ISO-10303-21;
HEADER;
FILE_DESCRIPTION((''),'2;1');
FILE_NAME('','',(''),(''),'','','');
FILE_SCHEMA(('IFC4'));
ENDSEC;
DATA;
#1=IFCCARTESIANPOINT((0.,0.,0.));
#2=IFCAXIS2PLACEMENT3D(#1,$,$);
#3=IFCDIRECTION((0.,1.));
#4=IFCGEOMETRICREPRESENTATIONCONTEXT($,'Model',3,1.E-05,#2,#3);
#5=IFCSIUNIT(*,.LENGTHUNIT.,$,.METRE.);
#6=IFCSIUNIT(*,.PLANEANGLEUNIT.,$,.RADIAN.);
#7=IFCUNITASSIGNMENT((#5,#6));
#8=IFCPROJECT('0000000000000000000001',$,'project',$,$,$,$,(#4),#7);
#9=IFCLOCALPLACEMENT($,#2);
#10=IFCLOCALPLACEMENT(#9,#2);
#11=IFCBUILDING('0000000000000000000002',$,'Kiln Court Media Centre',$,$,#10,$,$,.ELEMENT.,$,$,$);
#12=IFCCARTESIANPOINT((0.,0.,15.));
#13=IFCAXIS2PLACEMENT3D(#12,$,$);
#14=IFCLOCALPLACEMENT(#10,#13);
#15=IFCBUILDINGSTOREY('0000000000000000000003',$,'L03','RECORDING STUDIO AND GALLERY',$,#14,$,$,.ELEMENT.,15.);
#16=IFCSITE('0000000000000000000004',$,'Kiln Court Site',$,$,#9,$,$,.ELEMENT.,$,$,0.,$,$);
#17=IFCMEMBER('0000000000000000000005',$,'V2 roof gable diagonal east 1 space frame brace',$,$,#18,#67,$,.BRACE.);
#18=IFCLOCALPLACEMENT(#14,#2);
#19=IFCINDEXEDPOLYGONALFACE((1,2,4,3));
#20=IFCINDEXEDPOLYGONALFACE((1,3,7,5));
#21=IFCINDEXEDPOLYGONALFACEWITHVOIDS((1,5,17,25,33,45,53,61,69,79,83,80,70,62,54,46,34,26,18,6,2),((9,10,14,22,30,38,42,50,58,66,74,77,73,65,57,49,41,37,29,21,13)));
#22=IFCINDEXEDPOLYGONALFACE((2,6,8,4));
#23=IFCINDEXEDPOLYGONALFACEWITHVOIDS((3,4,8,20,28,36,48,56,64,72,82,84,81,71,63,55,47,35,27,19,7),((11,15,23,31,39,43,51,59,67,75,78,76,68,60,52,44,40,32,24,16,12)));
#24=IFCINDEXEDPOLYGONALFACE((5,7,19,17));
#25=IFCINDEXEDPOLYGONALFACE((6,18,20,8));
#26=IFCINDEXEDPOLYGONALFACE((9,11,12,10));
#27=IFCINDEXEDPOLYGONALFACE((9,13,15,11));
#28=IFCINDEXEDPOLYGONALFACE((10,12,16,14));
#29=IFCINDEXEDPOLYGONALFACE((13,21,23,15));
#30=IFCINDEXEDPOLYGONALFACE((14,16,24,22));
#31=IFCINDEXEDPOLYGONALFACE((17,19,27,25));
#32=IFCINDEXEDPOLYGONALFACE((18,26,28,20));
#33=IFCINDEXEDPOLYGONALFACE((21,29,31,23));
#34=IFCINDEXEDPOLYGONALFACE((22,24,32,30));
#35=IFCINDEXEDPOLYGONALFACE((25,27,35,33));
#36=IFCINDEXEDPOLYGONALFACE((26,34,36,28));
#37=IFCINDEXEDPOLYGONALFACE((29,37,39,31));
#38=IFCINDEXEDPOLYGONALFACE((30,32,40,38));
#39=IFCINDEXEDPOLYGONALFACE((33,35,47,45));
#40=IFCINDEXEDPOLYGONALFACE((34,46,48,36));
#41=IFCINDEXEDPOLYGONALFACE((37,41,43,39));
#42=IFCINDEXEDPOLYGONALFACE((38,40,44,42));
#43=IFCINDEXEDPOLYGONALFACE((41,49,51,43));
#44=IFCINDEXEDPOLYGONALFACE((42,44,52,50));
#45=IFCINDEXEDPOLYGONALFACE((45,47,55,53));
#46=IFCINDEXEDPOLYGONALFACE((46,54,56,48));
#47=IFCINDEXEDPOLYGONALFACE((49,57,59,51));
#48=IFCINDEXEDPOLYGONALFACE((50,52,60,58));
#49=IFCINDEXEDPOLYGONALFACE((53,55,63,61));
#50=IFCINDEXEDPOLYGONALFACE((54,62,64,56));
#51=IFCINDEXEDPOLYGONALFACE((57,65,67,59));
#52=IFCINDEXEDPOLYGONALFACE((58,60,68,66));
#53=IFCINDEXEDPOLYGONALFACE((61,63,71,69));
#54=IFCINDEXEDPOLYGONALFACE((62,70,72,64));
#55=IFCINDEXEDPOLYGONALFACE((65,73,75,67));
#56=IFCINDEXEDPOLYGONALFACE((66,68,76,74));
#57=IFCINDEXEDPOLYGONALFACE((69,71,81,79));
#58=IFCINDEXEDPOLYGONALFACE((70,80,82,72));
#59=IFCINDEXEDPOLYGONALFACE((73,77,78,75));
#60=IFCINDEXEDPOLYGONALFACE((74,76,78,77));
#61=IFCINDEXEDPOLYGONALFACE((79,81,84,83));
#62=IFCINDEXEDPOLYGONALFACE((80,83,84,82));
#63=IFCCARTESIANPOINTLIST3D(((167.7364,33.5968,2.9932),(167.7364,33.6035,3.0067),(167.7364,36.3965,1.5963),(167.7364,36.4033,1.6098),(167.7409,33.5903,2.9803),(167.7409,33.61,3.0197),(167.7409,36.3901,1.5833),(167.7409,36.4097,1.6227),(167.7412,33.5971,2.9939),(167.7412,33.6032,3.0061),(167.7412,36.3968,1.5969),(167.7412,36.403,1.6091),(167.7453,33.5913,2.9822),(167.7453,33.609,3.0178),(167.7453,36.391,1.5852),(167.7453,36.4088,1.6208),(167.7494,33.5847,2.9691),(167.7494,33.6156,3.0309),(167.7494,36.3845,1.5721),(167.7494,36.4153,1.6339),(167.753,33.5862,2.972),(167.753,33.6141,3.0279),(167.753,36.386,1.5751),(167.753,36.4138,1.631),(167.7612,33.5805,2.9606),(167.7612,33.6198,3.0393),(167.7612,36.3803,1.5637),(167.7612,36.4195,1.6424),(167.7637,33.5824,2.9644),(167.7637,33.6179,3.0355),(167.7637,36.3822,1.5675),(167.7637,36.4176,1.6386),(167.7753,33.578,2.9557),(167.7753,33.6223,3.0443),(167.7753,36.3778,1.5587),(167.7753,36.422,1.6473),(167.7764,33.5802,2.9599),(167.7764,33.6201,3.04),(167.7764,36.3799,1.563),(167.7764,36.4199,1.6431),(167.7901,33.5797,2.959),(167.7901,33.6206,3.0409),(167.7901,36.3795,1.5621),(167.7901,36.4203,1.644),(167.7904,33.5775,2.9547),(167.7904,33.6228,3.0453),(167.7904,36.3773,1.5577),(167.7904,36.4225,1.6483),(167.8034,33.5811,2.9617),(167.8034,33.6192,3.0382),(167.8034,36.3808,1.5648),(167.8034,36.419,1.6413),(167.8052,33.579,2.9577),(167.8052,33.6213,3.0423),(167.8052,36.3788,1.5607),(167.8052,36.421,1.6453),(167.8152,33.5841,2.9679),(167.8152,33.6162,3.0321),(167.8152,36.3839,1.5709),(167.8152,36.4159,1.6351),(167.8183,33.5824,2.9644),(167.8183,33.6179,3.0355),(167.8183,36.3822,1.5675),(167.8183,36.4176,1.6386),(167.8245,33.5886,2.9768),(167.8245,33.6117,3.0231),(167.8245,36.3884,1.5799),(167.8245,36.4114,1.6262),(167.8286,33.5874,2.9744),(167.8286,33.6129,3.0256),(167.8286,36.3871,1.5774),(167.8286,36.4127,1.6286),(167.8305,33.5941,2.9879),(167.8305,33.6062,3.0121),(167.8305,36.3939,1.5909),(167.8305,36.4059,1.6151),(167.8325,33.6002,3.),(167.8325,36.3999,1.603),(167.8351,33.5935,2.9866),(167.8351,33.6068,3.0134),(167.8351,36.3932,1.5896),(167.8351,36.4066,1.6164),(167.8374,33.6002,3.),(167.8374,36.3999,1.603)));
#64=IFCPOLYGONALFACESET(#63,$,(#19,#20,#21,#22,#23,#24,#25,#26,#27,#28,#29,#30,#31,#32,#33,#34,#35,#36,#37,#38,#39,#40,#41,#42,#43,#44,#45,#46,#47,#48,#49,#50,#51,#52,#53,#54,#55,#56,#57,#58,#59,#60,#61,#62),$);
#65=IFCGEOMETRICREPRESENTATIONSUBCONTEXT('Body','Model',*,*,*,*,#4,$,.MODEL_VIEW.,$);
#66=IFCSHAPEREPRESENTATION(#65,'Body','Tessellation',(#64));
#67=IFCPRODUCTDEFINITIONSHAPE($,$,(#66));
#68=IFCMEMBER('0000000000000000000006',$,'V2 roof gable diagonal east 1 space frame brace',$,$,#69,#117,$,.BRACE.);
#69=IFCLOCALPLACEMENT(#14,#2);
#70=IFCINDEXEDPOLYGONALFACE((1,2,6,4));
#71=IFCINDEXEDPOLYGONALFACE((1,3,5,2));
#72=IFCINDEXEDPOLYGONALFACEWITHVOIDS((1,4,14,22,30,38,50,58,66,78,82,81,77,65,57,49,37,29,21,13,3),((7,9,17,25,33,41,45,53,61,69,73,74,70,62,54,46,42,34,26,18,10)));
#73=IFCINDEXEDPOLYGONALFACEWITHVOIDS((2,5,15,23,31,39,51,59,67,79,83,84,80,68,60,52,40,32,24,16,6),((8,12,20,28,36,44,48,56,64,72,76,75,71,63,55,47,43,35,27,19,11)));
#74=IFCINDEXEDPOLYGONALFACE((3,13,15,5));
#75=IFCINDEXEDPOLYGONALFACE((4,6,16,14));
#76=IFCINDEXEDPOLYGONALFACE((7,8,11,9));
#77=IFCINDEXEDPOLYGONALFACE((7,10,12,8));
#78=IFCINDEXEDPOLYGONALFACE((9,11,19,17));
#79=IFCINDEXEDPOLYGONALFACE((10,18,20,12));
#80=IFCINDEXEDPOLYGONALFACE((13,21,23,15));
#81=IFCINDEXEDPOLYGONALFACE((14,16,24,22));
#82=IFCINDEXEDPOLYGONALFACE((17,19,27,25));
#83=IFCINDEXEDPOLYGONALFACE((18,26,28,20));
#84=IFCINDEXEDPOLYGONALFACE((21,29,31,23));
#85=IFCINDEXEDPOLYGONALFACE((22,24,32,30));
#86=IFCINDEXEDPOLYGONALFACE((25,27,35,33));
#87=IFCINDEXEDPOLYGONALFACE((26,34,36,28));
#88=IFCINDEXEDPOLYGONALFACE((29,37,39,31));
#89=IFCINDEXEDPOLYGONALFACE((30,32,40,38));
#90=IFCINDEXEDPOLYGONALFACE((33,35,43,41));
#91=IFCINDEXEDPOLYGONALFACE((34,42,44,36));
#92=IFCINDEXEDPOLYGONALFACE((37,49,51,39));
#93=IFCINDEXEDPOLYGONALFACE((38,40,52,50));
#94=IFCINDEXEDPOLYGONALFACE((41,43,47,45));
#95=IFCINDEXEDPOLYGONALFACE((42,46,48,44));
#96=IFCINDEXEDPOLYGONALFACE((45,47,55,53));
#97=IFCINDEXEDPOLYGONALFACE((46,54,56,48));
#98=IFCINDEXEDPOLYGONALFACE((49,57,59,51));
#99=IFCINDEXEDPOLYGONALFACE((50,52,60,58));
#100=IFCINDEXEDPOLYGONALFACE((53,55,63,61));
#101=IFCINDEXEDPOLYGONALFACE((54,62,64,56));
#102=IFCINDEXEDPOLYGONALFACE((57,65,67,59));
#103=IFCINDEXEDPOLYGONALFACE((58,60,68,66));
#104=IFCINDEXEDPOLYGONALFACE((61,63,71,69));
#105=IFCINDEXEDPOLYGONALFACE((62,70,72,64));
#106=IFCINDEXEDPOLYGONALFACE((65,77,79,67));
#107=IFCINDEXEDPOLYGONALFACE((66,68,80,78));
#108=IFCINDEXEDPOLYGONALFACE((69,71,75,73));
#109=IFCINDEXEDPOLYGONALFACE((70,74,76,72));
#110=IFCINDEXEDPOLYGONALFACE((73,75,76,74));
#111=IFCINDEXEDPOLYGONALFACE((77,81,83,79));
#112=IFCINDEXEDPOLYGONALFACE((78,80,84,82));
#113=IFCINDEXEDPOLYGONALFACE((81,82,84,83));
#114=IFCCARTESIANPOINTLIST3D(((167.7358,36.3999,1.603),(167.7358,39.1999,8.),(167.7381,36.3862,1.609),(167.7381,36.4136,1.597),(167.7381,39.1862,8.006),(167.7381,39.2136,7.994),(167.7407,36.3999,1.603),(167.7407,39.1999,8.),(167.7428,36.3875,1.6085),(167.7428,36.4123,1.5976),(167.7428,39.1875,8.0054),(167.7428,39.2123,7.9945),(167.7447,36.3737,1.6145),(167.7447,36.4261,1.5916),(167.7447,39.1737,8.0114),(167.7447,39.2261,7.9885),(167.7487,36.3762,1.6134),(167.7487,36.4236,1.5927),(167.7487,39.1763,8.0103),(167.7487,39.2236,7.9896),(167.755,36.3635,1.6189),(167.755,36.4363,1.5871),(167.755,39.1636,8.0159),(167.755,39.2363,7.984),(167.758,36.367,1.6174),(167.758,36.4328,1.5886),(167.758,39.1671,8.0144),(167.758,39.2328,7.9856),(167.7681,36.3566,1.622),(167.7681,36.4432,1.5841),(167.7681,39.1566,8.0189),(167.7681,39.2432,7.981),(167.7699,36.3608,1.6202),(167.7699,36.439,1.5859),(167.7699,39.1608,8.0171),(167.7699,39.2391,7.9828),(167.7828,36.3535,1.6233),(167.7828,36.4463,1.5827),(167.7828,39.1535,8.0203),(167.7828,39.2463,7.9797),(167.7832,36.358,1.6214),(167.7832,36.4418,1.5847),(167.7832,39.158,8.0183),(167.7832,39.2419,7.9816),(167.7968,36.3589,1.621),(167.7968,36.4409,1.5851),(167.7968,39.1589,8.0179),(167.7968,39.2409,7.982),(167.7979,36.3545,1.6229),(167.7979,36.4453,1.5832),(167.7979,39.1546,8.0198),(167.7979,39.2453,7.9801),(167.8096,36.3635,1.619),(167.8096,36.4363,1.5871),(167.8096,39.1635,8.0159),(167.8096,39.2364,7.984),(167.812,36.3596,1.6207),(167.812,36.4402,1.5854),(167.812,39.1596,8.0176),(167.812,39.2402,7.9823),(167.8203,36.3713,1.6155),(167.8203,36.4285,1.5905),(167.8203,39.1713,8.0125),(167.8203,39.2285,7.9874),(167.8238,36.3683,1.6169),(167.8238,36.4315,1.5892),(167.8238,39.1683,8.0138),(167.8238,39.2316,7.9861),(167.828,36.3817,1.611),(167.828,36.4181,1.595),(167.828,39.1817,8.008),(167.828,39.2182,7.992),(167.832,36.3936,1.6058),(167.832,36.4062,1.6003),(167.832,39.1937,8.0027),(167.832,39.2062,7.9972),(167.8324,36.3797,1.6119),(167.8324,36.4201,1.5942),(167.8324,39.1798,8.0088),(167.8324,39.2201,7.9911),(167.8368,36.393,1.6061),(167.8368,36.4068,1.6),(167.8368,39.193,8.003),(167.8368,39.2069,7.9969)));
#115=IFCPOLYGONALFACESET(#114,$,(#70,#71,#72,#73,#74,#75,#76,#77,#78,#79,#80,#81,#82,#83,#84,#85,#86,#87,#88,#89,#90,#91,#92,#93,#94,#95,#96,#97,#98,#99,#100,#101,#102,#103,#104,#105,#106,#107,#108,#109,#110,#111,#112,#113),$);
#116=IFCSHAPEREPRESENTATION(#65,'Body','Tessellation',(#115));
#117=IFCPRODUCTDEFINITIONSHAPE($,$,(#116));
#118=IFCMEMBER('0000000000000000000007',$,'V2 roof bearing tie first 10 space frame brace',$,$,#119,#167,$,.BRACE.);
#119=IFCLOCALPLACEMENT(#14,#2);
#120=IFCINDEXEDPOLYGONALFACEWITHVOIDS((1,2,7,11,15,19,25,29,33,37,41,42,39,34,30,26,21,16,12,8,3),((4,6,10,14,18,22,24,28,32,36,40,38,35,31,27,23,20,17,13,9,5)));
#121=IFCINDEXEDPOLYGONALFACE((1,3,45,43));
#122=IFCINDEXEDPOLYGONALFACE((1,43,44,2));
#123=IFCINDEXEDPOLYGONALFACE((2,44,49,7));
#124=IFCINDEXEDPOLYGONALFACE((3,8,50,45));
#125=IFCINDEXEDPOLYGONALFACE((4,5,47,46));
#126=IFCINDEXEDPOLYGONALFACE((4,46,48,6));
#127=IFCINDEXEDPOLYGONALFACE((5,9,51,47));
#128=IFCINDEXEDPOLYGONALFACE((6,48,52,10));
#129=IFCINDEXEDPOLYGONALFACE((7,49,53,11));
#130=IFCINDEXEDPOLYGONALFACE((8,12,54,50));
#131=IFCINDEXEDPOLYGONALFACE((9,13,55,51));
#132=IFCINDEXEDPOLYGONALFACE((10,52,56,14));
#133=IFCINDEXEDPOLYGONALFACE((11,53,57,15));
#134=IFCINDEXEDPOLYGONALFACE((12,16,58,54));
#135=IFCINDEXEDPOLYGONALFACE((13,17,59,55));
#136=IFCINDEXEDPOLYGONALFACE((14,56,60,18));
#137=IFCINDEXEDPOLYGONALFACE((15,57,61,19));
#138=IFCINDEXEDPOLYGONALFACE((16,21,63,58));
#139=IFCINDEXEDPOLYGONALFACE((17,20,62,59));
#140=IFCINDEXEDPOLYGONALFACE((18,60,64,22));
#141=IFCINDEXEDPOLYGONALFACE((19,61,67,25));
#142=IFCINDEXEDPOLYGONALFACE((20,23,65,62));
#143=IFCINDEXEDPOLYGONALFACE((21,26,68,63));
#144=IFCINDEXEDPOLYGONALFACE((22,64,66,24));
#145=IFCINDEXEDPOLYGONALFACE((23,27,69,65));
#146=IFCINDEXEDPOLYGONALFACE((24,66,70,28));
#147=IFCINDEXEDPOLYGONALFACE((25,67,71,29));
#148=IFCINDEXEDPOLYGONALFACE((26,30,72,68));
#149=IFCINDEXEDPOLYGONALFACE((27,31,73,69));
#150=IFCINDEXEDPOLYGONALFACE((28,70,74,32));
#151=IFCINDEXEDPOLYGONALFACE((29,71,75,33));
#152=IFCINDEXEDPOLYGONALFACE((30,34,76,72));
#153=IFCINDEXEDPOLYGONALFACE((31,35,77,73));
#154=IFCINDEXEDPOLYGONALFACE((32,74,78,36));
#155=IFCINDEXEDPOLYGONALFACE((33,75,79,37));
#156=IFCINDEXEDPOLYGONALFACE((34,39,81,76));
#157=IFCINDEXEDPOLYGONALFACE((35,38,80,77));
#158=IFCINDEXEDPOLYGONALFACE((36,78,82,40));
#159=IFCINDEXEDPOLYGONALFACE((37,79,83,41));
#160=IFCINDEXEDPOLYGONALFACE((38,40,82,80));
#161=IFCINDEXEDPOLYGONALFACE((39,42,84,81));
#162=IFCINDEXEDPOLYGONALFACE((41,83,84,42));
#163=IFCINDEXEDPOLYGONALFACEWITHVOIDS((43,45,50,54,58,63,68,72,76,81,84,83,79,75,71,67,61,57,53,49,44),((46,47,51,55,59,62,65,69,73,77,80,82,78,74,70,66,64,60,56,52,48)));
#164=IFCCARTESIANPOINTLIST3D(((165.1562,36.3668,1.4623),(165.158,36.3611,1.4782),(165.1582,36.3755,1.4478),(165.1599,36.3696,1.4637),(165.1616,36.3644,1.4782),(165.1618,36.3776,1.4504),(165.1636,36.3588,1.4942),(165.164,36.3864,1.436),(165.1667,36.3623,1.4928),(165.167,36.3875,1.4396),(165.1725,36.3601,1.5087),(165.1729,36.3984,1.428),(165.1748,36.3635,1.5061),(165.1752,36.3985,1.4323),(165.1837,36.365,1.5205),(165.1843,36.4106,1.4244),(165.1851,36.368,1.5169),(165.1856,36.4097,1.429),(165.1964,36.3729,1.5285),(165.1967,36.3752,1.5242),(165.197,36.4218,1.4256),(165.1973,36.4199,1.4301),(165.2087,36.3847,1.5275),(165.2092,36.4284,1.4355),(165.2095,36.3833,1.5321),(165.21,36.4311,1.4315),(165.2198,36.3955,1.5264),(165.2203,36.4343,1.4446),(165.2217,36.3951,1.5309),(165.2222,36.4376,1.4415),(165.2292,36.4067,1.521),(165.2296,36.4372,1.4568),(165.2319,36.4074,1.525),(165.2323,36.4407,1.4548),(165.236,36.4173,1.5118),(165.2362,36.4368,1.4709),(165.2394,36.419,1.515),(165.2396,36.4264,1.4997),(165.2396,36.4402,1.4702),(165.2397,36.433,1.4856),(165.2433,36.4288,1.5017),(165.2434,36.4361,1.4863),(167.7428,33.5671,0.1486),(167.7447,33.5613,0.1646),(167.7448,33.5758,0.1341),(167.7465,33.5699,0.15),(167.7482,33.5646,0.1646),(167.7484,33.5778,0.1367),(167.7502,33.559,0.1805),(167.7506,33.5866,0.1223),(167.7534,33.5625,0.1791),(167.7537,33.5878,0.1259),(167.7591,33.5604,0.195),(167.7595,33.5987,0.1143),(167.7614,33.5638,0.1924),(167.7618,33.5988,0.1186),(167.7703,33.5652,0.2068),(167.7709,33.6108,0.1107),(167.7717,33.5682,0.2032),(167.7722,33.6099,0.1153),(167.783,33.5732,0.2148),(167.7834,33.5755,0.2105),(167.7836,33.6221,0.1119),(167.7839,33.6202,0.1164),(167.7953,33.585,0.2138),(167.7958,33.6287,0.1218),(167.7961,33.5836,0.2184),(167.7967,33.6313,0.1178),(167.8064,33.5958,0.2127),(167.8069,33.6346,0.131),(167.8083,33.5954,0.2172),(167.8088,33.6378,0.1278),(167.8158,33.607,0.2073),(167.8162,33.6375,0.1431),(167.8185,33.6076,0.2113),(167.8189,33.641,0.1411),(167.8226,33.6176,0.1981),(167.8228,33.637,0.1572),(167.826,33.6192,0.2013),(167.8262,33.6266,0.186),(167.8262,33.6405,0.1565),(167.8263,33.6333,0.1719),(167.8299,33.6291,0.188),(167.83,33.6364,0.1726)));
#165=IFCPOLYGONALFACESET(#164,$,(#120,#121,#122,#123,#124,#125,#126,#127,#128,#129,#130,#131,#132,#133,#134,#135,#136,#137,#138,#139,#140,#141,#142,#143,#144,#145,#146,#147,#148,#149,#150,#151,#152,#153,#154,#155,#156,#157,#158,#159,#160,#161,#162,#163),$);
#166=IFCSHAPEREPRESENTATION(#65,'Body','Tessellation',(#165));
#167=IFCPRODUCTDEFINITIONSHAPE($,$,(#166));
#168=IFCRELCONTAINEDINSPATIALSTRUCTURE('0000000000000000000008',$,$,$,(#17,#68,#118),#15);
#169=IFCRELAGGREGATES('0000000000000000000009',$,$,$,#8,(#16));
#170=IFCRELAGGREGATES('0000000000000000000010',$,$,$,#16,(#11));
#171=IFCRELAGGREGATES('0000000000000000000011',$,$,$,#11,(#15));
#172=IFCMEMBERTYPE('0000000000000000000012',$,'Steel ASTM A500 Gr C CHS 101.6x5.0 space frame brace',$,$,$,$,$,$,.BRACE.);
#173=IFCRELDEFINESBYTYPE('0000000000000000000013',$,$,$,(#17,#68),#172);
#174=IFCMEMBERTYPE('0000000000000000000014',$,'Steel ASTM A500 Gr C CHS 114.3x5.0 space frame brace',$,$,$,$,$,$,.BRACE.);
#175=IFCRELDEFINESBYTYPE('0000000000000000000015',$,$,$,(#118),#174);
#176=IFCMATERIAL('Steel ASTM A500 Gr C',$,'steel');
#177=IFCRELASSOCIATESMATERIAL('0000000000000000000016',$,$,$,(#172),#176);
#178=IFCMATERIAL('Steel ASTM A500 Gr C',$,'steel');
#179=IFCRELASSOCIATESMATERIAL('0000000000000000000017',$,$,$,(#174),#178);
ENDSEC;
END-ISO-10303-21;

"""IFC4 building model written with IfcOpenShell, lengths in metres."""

from ifc_helpers import new_model, si_unit, direction, frame, origin, origin_2d, place, context, subcontext, project, spatial, hollow_circle, extrude, material, material_profile, profile_set, type_object, element, save


model = new_model("IFC4")

# Units and contexts
model_context = context("Model", 3, precision=1e-05, world=origin(), true_north=direction((0.0, 1.0)))
body_context = subcontext(model_context, "Body", "Model", "MODEL_VIEW")
ifc_project = project(units=[si_unit("LENGTHUNIT", "METRE"), si_unit("PLANEANGLEUNIT", "RADIAN")], contexts=[model_context])

# Site, building, storey
site_placement = place(None, origin())
site = spatial("IfcSite", under=ifc_project, at=site_placement, Name="Kiln Court Site", CompositionType="ELEMENT", RefElevation=0.0)
building_placement = place(site_placement, origin())
building = spatial("IfcBuilding", under=site, at=building_placement, Name="Kiln Court Media Centre", CompositionType="ELEMENT")
storey_placement = place(building_placement, frame((0.0, 0.0, 15.0)))
storey = spatial("IfcBuildingStorey", under=building, at=storey_placement, Name="L03", Description="RECORDING STUDIO AND GALLERY", CompositionType="ELEMENT", Elevation=15.0)

# Members
ifc_material_1 = material(Name="Steel ASTM A500 Gr C", Category="steel")
ifc_material_profile_1 = material_profile(ifc_material_1, hollow_circle(Radius=0.0508, WallThickness=0.0049, at=origin_2d()), Name="CHS 101.6x5.0")
ifc_profile_set_1 = profile_set([ifc_material_profile_1], Name="Steel ASTM A500 Gr C")
member_type_1 = type_object("IfcMemberType", Name="Steel ASTM A500 Gr C CHS 101.6x5.0 space frame brace", PredefinedType="BRACE", material=ifc_profile_set_1)
member_1_placement = place(storey_placement, frame((167.7866, 36.3999, 1.603), z_axis=(0.0, -0.894801, 0.446464), x_axis=(1.0, 0.0, 0.0)))
element("IfcMember", 1, at=member_1_placement, inside=storey, type_object=member_type_1, Name="V2 roof gable diagonal east 1 space frame brace", PredefinedType="BRACE", context=body_context, shape_type="SweptSolid", body=[
    extrude(hollow_circle(Radius=0.0508, WallThickness=0.0049, at=origin_2d()), origin(), (0.0, 0.0, 1.0), 3.1289),
])
member_2_placement = place(storey_placement, frame((167.7866, 36.3999, 1.603), z_axis=(0.0, 0.400984, 0.916085), x_axis=(-1.0, 0.0, 0.0)))
element("IfcMember", 2, at=member_2_placement, inside=storey, type_object=member_type_1, Name="V2 roof gable diagonal east 1 space frame brace", PredefinedType="BRACE", context=body_context, shape_type="SweptSolid", body=[
    extrude(hollow_circle(Radius=0.0508, WallThickness=0.0049, at=origin_2d()), origin(), (0.0, 0.0, 1.0), 6.9829),
])
ifc_material_2 = material(Name="Steel ASTM A500 Gr C", Category="steel")
ifc_material_profile_2 = material_profile(ifc_material_2, hollow_circle(Radius=0.0571, WallThickness=0.0049, at=origin_2d()), Name="CHS 114.3x5.0")
ifc_profile_set_2 = profile_set([ifc_material_profile_2], Name="Steel ASTM A500 Gr C")
member_type_2 = type_object("IfcMemberType", Name="Steel ASTM A500 Gr C CHS 114.3x5.0 space frame brace", PredefinedType="BRACE", material=ifc_profile_set_2)
member_3_placement = place(storey_placement, frame((167.7866, 33.6001, 0.1646), z_axis=(-0.641563, 0.694426, 0.325838), x_axis=(-0.734511, -0.678597, 0.0)))
element("IfcMember", 3, at=member_3_placement, inside=storey, type_object=member_type_2, Name="V2 roof bearing tie first 10 space frame brace", PredefinedType="BRACE", context=body_context, shape_type="SweptSolid", body=[
    extrude(hollow_circle(Radius=0.0571, WallThickness=0.0049, at=origin_2d()), origin(), (0.0, 0.0, 1.0), 4.0317),
])

save(model, "model.ifc")
